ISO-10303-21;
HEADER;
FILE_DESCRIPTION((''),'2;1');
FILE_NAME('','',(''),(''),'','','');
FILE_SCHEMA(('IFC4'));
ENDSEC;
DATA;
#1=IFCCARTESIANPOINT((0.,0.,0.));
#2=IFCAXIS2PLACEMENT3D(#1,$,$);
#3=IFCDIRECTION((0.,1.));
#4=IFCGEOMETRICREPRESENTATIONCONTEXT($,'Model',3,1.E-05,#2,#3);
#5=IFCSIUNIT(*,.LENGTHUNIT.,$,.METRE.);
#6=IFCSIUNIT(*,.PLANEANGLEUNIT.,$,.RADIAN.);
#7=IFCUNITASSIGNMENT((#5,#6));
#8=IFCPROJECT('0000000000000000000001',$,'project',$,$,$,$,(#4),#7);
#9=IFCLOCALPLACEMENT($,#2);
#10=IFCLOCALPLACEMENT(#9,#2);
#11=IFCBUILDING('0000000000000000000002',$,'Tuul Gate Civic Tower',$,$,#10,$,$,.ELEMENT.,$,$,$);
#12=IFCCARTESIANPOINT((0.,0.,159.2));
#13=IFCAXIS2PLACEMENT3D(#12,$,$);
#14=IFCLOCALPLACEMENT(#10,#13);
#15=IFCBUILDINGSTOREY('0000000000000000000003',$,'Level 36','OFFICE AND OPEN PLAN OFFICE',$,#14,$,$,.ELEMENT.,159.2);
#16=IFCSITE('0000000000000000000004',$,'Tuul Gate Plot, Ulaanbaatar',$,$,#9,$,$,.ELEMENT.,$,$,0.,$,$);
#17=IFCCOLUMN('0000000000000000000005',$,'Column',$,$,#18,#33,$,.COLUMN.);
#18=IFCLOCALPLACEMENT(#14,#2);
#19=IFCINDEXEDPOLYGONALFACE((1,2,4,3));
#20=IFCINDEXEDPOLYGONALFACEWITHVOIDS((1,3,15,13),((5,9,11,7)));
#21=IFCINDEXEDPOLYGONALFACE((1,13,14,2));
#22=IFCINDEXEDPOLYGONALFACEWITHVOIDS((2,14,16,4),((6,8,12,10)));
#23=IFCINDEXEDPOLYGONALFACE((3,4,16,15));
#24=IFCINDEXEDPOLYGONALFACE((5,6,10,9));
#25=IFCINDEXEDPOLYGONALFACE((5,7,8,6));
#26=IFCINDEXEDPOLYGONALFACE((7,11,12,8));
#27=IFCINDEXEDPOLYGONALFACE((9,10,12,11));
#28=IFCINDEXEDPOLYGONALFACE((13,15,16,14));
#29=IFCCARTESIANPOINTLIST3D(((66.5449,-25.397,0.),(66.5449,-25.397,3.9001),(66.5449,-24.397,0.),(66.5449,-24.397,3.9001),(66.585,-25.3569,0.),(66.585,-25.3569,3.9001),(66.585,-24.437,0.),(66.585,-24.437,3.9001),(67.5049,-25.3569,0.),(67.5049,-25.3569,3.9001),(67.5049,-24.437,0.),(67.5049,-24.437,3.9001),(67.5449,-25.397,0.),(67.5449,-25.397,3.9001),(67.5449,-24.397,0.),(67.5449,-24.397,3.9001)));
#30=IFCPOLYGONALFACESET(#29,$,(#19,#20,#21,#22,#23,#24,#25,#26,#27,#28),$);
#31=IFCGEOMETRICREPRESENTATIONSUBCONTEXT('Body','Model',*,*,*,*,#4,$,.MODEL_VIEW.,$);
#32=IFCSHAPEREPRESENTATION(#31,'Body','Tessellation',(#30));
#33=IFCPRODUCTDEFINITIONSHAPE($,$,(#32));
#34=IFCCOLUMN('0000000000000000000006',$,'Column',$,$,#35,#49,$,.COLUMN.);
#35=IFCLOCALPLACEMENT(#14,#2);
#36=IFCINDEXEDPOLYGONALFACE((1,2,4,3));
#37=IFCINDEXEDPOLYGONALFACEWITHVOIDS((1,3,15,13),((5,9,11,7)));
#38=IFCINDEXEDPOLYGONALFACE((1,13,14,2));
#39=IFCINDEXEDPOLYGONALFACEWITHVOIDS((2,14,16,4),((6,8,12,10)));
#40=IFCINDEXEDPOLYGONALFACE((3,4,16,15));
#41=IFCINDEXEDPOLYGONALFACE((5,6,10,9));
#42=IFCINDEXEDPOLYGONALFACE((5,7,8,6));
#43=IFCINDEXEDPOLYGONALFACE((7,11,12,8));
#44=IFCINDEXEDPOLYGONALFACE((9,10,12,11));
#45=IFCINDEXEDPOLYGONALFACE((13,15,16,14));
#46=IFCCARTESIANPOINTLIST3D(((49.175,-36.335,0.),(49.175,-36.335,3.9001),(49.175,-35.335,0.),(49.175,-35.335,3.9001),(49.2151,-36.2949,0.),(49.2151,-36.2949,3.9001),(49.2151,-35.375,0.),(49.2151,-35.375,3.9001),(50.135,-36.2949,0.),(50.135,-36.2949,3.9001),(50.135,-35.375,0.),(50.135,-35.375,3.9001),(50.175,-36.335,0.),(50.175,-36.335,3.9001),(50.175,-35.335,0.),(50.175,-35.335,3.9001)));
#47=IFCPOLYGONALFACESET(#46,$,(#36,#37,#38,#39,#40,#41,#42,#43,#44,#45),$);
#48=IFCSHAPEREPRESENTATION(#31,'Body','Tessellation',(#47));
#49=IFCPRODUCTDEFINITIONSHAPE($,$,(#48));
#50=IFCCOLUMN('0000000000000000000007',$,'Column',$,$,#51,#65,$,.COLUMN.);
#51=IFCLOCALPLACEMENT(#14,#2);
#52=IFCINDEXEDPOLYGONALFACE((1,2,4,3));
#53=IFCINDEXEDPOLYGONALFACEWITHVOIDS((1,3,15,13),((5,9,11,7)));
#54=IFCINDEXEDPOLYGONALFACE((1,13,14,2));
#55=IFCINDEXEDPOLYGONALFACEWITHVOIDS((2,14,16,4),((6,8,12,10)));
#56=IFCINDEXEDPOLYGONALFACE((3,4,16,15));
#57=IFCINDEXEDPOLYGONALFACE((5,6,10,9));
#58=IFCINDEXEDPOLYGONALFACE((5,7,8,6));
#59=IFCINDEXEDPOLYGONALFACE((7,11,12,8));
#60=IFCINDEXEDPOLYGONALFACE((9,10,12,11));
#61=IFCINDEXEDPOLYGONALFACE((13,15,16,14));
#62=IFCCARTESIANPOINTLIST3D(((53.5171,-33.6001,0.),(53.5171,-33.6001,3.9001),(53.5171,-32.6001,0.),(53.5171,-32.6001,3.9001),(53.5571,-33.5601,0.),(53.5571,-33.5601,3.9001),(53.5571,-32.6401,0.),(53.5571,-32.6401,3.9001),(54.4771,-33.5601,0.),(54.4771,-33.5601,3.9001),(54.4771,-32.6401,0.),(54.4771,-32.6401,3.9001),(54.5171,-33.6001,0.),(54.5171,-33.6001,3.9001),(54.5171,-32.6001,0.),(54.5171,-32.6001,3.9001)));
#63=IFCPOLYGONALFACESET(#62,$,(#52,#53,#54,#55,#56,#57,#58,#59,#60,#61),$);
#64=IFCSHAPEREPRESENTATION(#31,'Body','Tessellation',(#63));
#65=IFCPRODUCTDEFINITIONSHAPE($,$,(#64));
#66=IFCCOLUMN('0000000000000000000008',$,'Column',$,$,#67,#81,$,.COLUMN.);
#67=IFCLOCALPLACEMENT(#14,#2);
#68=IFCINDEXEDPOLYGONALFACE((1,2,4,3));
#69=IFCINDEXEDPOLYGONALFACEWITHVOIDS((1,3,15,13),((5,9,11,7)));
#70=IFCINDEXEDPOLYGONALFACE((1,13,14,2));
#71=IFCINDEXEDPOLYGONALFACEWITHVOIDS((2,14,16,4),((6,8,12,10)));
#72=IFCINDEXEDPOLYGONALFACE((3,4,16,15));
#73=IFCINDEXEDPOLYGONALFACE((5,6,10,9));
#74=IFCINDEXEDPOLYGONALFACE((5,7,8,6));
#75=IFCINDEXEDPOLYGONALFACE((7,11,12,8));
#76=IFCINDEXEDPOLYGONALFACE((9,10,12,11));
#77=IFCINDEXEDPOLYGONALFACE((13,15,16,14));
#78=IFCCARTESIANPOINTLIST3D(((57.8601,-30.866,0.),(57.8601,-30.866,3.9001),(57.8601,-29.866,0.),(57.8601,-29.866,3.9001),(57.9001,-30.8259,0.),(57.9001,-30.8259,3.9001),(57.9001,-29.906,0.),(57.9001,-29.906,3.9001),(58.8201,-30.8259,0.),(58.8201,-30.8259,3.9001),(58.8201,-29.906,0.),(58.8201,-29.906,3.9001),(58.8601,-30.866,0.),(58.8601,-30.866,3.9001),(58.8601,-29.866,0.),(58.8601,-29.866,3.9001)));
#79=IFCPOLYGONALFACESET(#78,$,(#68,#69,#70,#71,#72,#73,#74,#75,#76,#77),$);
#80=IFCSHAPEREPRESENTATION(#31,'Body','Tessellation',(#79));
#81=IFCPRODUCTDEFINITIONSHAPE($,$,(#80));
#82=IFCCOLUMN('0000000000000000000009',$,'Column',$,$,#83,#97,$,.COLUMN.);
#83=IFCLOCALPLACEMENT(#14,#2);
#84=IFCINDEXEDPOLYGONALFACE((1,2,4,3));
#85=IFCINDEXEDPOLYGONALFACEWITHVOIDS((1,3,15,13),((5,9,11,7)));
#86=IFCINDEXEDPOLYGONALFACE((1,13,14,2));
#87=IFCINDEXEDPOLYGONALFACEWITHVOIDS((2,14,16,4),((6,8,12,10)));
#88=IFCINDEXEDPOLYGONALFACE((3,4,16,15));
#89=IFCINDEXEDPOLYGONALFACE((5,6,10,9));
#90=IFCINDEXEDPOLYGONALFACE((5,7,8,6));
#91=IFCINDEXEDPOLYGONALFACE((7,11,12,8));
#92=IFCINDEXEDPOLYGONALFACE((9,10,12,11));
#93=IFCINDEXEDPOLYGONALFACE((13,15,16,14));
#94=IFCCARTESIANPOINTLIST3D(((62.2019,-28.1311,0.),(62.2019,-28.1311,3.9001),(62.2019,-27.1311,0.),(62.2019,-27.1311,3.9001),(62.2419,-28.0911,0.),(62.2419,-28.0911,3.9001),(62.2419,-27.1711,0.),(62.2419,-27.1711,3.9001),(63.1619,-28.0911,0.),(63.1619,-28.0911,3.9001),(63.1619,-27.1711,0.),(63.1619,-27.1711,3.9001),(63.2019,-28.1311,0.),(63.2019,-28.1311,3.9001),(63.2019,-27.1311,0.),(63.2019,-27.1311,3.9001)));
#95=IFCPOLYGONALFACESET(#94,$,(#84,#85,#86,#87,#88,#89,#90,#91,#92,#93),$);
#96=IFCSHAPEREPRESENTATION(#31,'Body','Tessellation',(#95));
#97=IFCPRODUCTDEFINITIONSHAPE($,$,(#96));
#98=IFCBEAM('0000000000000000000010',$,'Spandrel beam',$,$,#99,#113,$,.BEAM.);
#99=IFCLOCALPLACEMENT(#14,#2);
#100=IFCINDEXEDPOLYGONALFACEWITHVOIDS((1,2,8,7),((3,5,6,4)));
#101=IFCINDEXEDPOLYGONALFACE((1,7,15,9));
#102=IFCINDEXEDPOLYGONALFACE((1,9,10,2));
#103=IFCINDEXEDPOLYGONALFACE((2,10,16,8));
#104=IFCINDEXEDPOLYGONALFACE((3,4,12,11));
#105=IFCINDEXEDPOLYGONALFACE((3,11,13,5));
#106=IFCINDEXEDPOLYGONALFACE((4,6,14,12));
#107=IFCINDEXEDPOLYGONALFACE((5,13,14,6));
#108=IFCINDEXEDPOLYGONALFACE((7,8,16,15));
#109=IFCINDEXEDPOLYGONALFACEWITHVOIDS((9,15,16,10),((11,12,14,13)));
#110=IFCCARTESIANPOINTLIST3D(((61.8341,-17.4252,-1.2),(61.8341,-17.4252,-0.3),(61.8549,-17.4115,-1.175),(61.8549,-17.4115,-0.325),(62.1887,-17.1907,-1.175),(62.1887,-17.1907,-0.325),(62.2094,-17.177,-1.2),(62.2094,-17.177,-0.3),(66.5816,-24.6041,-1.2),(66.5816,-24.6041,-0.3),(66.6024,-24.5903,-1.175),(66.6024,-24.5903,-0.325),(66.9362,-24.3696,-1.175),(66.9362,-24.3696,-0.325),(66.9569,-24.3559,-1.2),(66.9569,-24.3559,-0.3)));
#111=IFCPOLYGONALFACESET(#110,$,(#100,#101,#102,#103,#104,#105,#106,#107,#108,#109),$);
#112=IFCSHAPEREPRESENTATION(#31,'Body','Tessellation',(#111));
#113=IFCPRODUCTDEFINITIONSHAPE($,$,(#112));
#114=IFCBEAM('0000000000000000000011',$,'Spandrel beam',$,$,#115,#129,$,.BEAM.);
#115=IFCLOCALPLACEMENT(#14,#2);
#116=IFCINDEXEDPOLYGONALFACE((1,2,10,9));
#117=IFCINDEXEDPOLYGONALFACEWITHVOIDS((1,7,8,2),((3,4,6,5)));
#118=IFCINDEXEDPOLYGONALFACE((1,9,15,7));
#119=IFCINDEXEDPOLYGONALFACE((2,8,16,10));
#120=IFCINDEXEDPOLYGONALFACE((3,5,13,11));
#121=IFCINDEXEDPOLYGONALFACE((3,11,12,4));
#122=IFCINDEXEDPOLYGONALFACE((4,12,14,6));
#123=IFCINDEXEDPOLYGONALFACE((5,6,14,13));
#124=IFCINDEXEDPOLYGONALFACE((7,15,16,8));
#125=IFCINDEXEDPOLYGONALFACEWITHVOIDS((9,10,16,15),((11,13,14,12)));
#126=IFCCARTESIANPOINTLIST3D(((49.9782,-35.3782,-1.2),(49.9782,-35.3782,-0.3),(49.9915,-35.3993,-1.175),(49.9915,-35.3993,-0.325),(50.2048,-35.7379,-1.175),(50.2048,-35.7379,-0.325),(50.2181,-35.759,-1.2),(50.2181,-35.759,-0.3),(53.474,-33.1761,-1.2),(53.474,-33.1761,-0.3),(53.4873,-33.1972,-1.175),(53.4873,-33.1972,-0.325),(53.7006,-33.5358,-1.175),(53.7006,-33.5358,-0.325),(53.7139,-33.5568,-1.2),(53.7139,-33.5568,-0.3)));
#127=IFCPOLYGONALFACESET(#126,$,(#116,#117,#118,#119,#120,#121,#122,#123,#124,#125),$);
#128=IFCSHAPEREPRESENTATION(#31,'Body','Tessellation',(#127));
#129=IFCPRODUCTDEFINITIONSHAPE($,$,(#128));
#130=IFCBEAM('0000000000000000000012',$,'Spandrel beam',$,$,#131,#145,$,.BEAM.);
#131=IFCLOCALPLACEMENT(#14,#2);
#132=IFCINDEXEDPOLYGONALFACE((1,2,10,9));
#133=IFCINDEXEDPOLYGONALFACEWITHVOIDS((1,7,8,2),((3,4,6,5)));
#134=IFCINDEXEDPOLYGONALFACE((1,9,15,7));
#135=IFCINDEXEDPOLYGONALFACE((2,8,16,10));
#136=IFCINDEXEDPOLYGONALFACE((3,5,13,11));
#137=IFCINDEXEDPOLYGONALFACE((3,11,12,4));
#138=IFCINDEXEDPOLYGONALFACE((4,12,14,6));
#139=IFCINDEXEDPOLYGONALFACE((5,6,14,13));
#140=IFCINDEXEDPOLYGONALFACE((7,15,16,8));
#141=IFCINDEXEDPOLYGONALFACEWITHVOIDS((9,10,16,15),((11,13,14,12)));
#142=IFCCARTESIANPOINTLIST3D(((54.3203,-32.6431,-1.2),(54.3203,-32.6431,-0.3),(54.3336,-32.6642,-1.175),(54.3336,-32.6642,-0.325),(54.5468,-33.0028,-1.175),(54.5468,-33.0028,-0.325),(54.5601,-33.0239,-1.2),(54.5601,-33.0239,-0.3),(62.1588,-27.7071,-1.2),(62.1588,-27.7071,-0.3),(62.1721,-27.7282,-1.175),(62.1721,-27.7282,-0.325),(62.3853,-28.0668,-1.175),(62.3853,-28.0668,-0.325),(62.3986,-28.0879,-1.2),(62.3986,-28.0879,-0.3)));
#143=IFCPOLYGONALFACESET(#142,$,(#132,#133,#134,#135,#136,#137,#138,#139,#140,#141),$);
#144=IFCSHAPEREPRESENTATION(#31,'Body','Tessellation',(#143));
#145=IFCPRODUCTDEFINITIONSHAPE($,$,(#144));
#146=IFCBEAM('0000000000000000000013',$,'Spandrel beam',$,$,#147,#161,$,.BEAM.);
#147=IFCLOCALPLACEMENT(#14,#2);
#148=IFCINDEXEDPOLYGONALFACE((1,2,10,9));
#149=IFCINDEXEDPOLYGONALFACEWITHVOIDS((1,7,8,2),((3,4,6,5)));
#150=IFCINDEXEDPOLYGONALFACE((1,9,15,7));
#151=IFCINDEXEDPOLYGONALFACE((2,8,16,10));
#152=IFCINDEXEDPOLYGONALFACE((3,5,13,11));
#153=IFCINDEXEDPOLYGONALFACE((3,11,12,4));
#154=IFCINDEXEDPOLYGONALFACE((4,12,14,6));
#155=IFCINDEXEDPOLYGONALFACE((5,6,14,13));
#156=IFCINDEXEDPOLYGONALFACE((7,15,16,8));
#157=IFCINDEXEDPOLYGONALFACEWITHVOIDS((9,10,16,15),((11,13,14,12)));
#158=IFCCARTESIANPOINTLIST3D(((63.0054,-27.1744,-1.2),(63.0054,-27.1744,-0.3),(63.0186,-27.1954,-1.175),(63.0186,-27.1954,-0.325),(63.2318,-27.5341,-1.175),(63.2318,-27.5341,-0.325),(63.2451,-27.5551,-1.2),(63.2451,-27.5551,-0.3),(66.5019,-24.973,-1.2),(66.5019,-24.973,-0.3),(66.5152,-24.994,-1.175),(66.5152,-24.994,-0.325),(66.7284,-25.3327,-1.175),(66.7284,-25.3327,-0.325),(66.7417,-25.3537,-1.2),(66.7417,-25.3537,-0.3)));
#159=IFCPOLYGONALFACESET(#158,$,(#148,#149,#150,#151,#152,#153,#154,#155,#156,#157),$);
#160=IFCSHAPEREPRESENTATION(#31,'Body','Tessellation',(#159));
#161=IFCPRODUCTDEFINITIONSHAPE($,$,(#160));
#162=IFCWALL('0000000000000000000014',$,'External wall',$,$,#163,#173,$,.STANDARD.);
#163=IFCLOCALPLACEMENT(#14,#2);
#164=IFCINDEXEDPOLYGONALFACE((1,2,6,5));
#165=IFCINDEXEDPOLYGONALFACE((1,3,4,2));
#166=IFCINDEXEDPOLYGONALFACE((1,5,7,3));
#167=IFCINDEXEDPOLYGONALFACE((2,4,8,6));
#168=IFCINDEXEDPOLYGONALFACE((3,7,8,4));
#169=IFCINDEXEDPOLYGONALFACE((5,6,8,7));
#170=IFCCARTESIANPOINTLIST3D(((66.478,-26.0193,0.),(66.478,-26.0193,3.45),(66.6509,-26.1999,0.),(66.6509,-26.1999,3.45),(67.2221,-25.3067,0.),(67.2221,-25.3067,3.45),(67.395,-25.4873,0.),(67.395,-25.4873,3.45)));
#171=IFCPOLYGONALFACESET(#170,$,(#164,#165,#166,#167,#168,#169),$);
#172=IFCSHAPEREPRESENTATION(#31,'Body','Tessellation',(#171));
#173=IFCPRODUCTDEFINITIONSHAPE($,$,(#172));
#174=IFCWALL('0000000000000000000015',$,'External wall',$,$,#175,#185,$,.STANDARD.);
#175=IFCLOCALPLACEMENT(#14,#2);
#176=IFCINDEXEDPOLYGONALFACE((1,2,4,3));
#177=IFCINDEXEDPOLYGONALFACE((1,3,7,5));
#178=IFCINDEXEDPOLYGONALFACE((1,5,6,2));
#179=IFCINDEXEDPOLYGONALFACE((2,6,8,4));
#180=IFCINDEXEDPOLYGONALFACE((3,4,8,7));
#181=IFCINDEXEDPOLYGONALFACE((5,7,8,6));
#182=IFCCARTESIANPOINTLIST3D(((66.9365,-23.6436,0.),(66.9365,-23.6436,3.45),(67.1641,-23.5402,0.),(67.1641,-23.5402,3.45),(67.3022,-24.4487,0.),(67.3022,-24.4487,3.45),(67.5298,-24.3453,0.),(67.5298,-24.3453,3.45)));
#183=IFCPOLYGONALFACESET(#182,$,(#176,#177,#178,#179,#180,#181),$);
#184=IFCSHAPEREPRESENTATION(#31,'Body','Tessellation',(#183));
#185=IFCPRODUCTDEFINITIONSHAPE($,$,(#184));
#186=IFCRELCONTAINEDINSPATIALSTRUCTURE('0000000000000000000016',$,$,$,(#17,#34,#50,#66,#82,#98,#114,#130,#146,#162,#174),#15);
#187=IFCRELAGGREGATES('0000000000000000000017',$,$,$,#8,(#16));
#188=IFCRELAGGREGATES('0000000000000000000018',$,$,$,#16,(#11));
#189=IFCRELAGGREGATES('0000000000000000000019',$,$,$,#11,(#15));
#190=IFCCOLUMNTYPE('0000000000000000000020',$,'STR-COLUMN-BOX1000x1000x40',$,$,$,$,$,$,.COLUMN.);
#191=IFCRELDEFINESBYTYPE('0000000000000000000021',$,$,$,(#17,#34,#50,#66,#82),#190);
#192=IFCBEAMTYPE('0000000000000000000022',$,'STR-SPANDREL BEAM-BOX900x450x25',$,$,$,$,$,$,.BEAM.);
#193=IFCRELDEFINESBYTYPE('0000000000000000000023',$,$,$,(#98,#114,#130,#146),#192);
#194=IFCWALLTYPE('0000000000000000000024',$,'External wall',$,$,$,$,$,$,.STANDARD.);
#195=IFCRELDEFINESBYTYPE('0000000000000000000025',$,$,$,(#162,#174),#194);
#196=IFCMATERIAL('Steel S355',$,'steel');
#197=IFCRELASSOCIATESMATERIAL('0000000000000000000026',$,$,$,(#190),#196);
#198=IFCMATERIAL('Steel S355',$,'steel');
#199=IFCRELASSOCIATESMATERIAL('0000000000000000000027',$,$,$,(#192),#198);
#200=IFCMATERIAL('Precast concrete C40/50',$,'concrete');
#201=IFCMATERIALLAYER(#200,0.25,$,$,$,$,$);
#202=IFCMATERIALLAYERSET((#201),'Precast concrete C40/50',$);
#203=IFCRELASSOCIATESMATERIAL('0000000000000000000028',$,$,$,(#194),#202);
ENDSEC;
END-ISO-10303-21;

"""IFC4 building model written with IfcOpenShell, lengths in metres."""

from ifc_helpers import new_model, si_unit, direction, frame, frame_2d, origin, origin_2d, place, context, subcontext, project, spatial, rectangle, hollow_rectangle, extrude, material, layer, layer_set, material_profile, profile_set, type_object, element, save


model = new_model("IFC4")

# Units and contexts
model_context = context("Model", 3, precision=1e-05, world=origin(), true_north=direction((0.0, 1.0)))
body_context = subcontext(model_context, "Body", "Model", "MODEL_VIEW")
ifc_project = project(units=[si_unit("LENGTHUNIT", "METRE"), si_unit("PLANEANGLEUNIT", "RADIAN")], contexts=[model_context])

# Site, building, storey
site_placement = place(None, origin())
site = spatial("IfcSite", under=ifc_project, at=site_placement, Name="Tuul Gate Plot, Ulaanbaatar", CompositionType="ELEMENT", RefElevation=0.0)
building_placement = place(site_placement, origin())
building = spatial("IfcBuilding", under=site, at=building_placement, Name="Tuul Gate Civic Tower", CompositionType="ELEMENT")
storey_placement = place(building_placement, frame((0.0, 0.0, 159.2)))
storey = spatial("IfcBuildingStorey", under=building, at=storey_placement, Name="Level 36", Description="OFFICE AND OPEN PLAN OFFICE", CompositionType="ELEMENT", Elevation=159.2)

# Columns
ifc_material_1 = material(Name="Steel S355", Category="steel")
ifc_material_profile_1 = material_profile(ifc_material_1, hollow_rectangle(XDim=1.0, YDim=1.0, WallThickness=0.04, at=origin_2d()), Name="BOX1000x1000x40")
ifc_profile_set_1 = profile_set([ifc_material_profile_1], Name="Steel S355")
column_type = type_object("IfcColumnType", Name="STR-COLUMN-BOX1000x1000x40", PredefinedType="COLUMN", material=ifc_profile_set_1)
for number, where, z_axis, x_axis, name in (
    (1, (67.0449, -24.897, 0.0), (0.0, 0.0, 1.0), (1.0, 0.0, 0.0), "Column"),
    (2, (49.675, -35.835, 0.0), (0.0, 0.0, 1.0), (1.0, 0.0, 0.0), "Column"),
    (3, (54.0171, -33.1001, 0.0), (0.0, 0.0, 1.0), (1.0, 0.0, 0.0), "Column"),
    (4, (58.3601, -30.366, 0.0), (0.0, 0.0, 1.0), (1.0, 0.0, 0.0), "Column"),
    (5, (62.7019, -27.6311, 0.0), (0.0, 0.0, 1.0), (1.0, 0.0, 0.0), "Column"),
):
    element("IfcColumn", number, at=place(storey_placement, frame(where, z_axis=z_axis, x_axis=x_axis)), inside=storey, type_object=column_type, Name=name, PredefinedType="COLUMN", context=body_context, shape_type="SweptSolid", body=[
        extrude(hollow_rectangle(XDim=1.0, YDim=1.0, WallThickness=0.04, at=origin_2d()), origin(), (0.0, 0.0, 1.0), 3.9001),
    ])

# Beams
ifc_material_2 = material(Name="Steel S355", Category="steel")
ifc_material_profile_2 = material_profile(ifc_material_2, hollow_rectangle(XDim=0.45, YDim=0.8999, WallThickness=0.0249, at=origin_2d()), Name="BOX900x450x25")
ifc_profile_set_2 = profile_set([ifc_material_profile_2], Name="Steel S355")
beam_type = type_object("IfcBeamType", Name="STR-SPANDREL BEAM-BOX900x450x25", PredefinedType="BEAM", material=ifc_profile_set_2)
beam_1_placement = place(storey_placement, frame((66.7693, -24.48, -0.75), z_axis=(-0.551607, 0.834104, 0.0), x_axis=(-0.834104, -0.551607, 0.0)))
element("IfcBeam", 6, at=beam_1_placement, inside=storey, type_object=beam_type, Name="Spandrel beam", PredefinedType="BEAM", context=body_context, shape_type="SweptSolid", body=[
    extrude(hollow_rectangle(XDim=0.45, YDim=0.8999, WallThickness=0.0249, at=origin_2d()), origin(), (0.0, 0.0, 1.0), 8.6067),
])
beam_2_placement = place(storey_placement, frame((50.0981, -35.5686, -0.75), z_axis=(0.846117, 0.532997, 0.0), x_axis=(-0.532997, 0.846117, 0.0)))
element("IfcBeam", 7, at=beam_2_placement, inside=storey, type_object=beam_type, Name="Spandrel beam", PredefinedType="BEAM", context=body_context, shape_type="SweptSolid", body=[
    extrude(hollow_rectangle(XDim=0.45, YDim=0.8999, WallThickness=0.0249, at=origin_2d()), origin(), (0.0, 0.0, 1.0), 4.1316),
])
beam_3_placement = place(storey_placement, frame((54.4402, -32.8335, -0.75), z_axis=(0.846203, 0.53286, 0.0), x_axis=(-0.53286, 0.846203, 0.0)))
element("IfcBeam", 8, at=beam_3_placement, inside=storey, type_object=beam_type, Name="Spandrel beam", PredefinedType="BEAM", context=body_context, shape_type="SweptSolid", body=[
    extrude(hollow_rectangle(XDim=0.45, YDim=0.8999, WallThickness=0.0249, at=origin_2d()), origin(), (0.0, 0.0, 1.0), 9.2632),
])
beam_4_placement = place(storey_placement, frame((63.1252, -27.3647, -0.75), z_axis=(0.846248, 0.53279, 0.0), x_axis=(-0.53279, 0.846248, 0.0)))
element("IfcBeam", 9, at=beam_4_placement, inside=storey, type_object=beam_type, Name="Spandrel beam", PredefinedType="BEAM", context=body_context, shape_type="SweptSolid", body=[
    extrude(hollow_rectangle(XDim=0.45, YDim=0.8999, WallThickness=0.0249, at=origin_2d()), origin(), (0.0, 0.0, 1.0), 4.1318),
])

# Walls
ifc_material_3 = material(Name="Precast concrete C40/50", Category="concrete")
ifc_layer = layer(ifc_material_3, 0.25)
ifc_layer_set = layer_set([ifc_layer], Name="Precast concrete C40/50")
wall_type = type_object("IfcWallType", Name="External wall", PredefinedType="STANDARD", material=ifc_layer_set)
wall_1_placement = place(storey_placement, frame((66.5645, -26.1096, 0.0), z_axis=(0.0, 0.0, 1.0), x_axis=(0.722225, 0.691658, 0.0)))
element("IfcWall", 10, at=wall_1_placement, inside=storey, type_object=wall_type, Name="External wall", PredefinedType="STANDARD", context=body_context, shape_type="SweptSolid", body=[
    extrude(rectangle(XDim=1.0303, YDim=0.25, at=frame_2d((0.5151, 0.0))), origin(), (0.0, 0.0, 1.0), 3.45),
])
wall_2_placement = place(storey_placement, frame((67.416, -24.397, 0.0), z_axis=(0.0, 0.0, 1.0), x_axis=(-0.413553, 0.91048, 0.0)))
element("IfcWall", 11, at=wall_2_placement, inside=storey, type_object=wall_type, Name="External wall", PredefinedType="STANDARD", context=body_context, shape_type="SweptSolid", body=[
    extrude(rectangle(XDim=0.8843, YDim=0.25, at=frame_2d((0.4421, 0.0))), origin(), (0.0, 0.0, 1.0), 3.45),
])

save(model, "model.ifc")
